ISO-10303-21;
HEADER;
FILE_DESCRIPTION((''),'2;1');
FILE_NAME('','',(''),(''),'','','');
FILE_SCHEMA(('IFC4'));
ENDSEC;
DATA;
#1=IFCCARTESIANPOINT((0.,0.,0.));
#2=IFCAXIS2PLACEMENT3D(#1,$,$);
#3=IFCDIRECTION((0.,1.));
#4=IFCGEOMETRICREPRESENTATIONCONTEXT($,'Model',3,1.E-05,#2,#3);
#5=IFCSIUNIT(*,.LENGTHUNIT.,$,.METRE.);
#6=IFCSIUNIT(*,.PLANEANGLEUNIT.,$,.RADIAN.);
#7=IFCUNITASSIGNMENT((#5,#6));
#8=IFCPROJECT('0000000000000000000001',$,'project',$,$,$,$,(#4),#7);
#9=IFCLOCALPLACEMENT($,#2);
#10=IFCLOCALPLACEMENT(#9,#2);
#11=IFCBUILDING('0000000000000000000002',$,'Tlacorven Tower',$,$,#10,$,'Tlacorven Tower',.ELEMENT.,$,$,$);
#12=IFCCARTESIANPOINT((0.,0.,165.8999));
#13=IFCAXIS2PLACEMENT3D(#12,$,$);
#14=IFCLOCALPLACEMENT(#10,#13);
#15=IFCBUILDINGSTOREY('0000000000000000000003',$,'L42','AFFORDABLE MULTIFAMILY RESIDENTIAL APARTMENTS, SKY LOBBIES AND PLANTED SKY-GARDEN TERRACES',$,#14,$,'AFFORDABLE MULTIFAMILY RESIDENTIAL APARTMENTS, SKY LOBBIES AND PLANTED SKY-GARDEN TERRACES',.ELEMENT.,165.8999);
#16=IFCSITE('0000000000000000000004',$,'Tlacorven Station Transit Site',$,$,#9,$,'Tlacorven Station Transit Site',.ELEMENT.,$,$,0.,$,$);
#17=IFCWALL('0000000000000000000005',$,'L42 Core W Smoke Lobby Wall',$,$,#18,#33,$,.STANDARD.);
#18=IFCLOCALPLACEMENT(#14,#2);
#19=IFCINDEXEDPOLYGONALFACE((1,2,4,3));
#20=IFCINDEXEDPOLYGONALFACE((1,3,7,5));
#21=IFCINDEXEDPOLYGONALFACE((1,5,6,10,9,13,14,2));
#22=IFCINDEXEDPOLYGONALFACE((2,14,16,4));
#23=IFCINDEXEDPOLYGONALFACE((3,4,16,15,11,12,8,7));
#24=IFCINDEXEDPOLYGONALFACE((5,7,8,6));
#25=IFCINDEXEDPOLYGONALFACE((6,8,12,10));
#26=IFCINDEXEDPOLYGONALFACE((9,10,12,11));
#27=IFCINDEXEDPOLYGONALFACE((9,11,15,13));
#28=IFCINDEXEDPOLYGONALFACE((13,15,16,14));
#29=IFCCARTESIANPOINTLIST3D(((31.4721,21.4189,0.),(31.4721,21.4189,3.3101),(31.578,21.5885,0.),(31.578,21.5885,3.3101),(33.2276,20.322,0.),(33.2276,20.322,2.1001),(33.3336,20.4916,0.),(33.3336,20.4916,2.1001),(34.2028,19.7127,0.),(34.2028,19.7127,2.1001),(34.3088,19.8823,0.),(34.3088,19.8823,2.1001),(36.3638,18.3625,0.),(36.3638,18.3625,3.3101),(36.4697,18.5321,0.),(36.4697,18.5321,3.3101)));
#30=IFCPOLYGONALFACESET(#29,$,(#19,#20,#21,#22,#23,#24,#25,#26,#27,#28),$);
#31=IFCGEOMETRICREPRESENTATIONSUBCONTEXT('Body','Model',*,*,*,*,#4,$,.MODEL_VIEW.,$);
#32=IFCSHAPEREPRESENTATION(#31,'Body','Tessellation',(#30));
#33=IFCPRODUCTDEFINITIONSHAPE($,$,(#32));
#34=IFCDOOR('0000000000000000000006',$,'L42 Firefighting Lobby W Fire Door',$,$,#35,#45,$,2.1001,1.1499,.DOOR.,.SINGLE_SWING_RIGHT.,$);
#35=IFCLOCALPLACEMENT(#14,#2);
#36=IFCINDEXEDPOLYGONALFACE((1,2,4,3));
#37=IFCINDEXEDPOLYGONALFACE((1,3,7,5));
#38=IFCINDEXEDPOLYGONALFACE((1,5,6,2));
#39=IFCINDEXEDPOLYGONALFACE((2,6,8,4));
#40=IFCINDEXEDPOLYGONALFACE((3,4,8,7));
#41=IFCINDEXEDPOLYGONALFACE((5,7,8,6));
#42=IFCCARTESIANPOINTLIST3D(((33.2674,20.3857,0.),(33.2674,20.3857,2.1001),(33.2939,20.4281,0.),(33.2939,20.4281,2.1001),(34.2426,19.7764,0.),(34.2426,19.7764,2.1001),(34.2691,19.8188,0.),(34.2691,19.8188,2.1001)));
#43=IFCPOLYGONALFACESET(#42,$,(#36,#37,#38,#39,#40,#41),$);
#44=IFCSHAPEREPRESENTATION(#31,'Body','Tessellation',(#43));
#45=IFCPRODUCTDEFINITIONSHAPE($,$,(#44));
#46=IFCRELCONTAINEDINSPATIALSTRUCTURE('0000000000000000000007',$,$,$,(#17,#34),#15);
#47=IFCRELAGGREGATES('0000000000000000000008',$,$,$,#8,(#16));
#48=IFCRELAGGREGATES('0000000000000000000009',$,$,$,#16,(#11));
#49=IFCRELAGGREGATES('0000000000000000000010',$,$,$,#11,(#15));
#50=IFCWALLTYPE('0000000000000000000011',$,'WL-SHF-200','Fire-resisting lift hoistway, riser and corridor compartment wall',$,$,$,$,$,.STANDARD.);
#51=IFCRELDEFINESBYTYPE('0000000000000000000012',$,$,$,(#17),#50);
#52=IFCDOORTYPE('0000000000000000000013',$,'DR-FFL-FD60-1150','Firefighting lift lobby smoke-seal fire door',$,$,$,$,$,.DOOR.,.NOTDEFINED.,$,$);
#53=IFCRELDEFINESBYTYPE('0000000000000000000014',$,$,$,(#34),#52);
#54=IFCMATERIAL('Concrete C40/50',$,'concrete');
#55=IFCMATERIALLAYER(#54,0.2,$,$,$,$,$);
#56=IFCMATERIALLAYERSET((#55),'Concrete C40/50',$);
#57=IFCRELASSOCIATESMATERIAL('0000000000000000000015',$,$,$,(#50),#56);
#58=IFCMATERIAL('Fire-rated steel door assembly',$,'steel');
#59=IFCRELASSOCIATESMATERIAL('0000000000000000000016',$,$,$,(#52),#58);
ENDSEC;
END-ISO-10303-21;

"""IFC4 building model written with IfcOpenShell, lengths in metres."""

from ifc_helpers import new_model, si_unit, direction, frame, frame_2d, origin, place, context, subcontext, project, spatial, rectangle, extrude, source, transform, mapped, material, layer, layer_set, type_object, element, fill, save


model = new_model("IFC4")

# Units and contexts
model_context = context("Model", 3, precision=1e-05, world=origin(), true_north=direction((0.0, 1.0)))
body_context = subcontext(model_context, "Body", "Model", "MODEL_VIEW")
ifc_project = project(units=[si_unit("LENGTHUNIT", "METRE"), si_unit("PLANEANGLEUNIT", "RADIAN")], contexts=[model_context])

# Site, building, storey
site_placement = place(None, origin())
site = spatial("IfcSite", under=ifc_project, at=site_placement, Name="Tlacorven Station Transit Site", LongName="Tlacorven Station Transit Site", CompositionType="ELEMENT", RefElevation=0.0)
building_placement = place(site_placement, origin())
building = spatial("IfcBuilding", under=site, at=building_placement, Name="Tlacorven Tower", LongName="Tlacorven Tower", CompositionType="ELEMENT")
storey_placement = place(building_placement, frame((0.0, 0.0, 165.8999)))
storey = spatial("IfcBuildingStorey", under=building, at=storey_placement, Name="L42", Description="AFFORDABLE MULTIFAMILY RESIDENTIAL APARTMENTS, SKY LOBBIES AND PLANTED SKY-GARDEN TERRACES", LongName="AFFORDABLE MULTIFAMILY RESIDENTIAL APARTMENTS, SKY LOBBIES AND PLANTED SKY-GARDEN TERRACES", CompositionType="ELEMENT", Elevation=165.8999)

# Shared definitions
ifc_material_1 = material(Name="Fire-rated steel door assembly", Category="steel")

# Shared definitions
ifc_material_2 = material(Name="Concrete C40/50", Category="concrete")
ifc_layer_1 = layer(ifc_material_2, 0.2)
ifc_layer_set_1 = layer_set([ifc_layer_1], Name="Concrete C40/50")
wall_type_1 = type_object("IfcWallType", Name="WL-SHF-200", Description="Fire-resisting lift hoistway, riser and corridor compartment wall", PredefinedType="STANDARD", material=ifc_layer_set_1)

# Wall, opening, door
wall_1_placement = place(storey_placement, frame((36.4167, 18.4473, 0.0), z_axis=(0.0, 0.0, 1.0), x_axis=(-0.848065, 0.529892, 0.0)))
wall_1 = element("IfcWall", 1, at=wall_1_placement, inside=storey, type_object=wall_type_1, Name="L42 Core W Smoke Lobby Wall", PredefinedType="STANDARD", context=body_context, shape_type="SweptSolid", body=[
    extrude(rectangle(XDim=5.7681, YDim=0.2, at=frame_2d((2.884, 0.0))), origin(), (0.0, 0.0, 1.0), 3.3101),
])
opening_1_placement = place(wall_1_placement, frame((2.5481, 0.0, 0.0)))
opening_1 = element("IfcOpeningElement", 2, at=opening_1_placement, cuts=wall_1, PredefinedType="OPENING", context=body_context, shape_type="SweptSolid", body=[
    extrude(rectangle(XDim=1.1499, YDim=2.1001, at=frame_2d((0.575, 1.05))), frame((0.0, 0.1099, 0.0), z_axis=(0.0, -1.0, 0.0), x_axis=(1.0, 0.0, 0.0)), (0.0, 0.0, 1.0), 0.22),
])
door_type_1 = type_object("IfcDoorType", Name="DR-FFL-FD60-1150", Description="Firefighting lift lobby smoke-seal fire door", OperationType="NOTDEFINED", PredefinedType="DOOR", material=ifc_material_1)
shared_shape_1 = source(origin(), body_context, "Body", "SweptSolid", [
    extrude(rectangle(XDim=1.1499, YDim=2.1001, at=frame_2d((0.575, 1.05))), frame((0.0, 0.0249, 0.0), z_axis=(0.0, -1.0, 0.0), x_axis=(1.0, 0.0, 0.0)), (0.0, 0.0, 1.0), 0.05),
])
door_1_placement = place(opening_1_placement, origin())
door_1 = element("IfcDoor", 3, at=door_1_placement, inside=storey, type_object=door_type_1, Name="L42 Firefighting Lobby W Fire Door", OperationType="SINGLE_SWING_RIGHT", OverallHeight=2.1001, OverallWidth=1.1499, PredefinedType="DOOR", context=body_context, shape_type="MappedRepresentation", body=[
    mapped(shared_shape_1, transform((0.0, 0.0, 0.0), scale=1.0)),
])
fill(opening_1, door_1)

save(model, "model.ifc")
